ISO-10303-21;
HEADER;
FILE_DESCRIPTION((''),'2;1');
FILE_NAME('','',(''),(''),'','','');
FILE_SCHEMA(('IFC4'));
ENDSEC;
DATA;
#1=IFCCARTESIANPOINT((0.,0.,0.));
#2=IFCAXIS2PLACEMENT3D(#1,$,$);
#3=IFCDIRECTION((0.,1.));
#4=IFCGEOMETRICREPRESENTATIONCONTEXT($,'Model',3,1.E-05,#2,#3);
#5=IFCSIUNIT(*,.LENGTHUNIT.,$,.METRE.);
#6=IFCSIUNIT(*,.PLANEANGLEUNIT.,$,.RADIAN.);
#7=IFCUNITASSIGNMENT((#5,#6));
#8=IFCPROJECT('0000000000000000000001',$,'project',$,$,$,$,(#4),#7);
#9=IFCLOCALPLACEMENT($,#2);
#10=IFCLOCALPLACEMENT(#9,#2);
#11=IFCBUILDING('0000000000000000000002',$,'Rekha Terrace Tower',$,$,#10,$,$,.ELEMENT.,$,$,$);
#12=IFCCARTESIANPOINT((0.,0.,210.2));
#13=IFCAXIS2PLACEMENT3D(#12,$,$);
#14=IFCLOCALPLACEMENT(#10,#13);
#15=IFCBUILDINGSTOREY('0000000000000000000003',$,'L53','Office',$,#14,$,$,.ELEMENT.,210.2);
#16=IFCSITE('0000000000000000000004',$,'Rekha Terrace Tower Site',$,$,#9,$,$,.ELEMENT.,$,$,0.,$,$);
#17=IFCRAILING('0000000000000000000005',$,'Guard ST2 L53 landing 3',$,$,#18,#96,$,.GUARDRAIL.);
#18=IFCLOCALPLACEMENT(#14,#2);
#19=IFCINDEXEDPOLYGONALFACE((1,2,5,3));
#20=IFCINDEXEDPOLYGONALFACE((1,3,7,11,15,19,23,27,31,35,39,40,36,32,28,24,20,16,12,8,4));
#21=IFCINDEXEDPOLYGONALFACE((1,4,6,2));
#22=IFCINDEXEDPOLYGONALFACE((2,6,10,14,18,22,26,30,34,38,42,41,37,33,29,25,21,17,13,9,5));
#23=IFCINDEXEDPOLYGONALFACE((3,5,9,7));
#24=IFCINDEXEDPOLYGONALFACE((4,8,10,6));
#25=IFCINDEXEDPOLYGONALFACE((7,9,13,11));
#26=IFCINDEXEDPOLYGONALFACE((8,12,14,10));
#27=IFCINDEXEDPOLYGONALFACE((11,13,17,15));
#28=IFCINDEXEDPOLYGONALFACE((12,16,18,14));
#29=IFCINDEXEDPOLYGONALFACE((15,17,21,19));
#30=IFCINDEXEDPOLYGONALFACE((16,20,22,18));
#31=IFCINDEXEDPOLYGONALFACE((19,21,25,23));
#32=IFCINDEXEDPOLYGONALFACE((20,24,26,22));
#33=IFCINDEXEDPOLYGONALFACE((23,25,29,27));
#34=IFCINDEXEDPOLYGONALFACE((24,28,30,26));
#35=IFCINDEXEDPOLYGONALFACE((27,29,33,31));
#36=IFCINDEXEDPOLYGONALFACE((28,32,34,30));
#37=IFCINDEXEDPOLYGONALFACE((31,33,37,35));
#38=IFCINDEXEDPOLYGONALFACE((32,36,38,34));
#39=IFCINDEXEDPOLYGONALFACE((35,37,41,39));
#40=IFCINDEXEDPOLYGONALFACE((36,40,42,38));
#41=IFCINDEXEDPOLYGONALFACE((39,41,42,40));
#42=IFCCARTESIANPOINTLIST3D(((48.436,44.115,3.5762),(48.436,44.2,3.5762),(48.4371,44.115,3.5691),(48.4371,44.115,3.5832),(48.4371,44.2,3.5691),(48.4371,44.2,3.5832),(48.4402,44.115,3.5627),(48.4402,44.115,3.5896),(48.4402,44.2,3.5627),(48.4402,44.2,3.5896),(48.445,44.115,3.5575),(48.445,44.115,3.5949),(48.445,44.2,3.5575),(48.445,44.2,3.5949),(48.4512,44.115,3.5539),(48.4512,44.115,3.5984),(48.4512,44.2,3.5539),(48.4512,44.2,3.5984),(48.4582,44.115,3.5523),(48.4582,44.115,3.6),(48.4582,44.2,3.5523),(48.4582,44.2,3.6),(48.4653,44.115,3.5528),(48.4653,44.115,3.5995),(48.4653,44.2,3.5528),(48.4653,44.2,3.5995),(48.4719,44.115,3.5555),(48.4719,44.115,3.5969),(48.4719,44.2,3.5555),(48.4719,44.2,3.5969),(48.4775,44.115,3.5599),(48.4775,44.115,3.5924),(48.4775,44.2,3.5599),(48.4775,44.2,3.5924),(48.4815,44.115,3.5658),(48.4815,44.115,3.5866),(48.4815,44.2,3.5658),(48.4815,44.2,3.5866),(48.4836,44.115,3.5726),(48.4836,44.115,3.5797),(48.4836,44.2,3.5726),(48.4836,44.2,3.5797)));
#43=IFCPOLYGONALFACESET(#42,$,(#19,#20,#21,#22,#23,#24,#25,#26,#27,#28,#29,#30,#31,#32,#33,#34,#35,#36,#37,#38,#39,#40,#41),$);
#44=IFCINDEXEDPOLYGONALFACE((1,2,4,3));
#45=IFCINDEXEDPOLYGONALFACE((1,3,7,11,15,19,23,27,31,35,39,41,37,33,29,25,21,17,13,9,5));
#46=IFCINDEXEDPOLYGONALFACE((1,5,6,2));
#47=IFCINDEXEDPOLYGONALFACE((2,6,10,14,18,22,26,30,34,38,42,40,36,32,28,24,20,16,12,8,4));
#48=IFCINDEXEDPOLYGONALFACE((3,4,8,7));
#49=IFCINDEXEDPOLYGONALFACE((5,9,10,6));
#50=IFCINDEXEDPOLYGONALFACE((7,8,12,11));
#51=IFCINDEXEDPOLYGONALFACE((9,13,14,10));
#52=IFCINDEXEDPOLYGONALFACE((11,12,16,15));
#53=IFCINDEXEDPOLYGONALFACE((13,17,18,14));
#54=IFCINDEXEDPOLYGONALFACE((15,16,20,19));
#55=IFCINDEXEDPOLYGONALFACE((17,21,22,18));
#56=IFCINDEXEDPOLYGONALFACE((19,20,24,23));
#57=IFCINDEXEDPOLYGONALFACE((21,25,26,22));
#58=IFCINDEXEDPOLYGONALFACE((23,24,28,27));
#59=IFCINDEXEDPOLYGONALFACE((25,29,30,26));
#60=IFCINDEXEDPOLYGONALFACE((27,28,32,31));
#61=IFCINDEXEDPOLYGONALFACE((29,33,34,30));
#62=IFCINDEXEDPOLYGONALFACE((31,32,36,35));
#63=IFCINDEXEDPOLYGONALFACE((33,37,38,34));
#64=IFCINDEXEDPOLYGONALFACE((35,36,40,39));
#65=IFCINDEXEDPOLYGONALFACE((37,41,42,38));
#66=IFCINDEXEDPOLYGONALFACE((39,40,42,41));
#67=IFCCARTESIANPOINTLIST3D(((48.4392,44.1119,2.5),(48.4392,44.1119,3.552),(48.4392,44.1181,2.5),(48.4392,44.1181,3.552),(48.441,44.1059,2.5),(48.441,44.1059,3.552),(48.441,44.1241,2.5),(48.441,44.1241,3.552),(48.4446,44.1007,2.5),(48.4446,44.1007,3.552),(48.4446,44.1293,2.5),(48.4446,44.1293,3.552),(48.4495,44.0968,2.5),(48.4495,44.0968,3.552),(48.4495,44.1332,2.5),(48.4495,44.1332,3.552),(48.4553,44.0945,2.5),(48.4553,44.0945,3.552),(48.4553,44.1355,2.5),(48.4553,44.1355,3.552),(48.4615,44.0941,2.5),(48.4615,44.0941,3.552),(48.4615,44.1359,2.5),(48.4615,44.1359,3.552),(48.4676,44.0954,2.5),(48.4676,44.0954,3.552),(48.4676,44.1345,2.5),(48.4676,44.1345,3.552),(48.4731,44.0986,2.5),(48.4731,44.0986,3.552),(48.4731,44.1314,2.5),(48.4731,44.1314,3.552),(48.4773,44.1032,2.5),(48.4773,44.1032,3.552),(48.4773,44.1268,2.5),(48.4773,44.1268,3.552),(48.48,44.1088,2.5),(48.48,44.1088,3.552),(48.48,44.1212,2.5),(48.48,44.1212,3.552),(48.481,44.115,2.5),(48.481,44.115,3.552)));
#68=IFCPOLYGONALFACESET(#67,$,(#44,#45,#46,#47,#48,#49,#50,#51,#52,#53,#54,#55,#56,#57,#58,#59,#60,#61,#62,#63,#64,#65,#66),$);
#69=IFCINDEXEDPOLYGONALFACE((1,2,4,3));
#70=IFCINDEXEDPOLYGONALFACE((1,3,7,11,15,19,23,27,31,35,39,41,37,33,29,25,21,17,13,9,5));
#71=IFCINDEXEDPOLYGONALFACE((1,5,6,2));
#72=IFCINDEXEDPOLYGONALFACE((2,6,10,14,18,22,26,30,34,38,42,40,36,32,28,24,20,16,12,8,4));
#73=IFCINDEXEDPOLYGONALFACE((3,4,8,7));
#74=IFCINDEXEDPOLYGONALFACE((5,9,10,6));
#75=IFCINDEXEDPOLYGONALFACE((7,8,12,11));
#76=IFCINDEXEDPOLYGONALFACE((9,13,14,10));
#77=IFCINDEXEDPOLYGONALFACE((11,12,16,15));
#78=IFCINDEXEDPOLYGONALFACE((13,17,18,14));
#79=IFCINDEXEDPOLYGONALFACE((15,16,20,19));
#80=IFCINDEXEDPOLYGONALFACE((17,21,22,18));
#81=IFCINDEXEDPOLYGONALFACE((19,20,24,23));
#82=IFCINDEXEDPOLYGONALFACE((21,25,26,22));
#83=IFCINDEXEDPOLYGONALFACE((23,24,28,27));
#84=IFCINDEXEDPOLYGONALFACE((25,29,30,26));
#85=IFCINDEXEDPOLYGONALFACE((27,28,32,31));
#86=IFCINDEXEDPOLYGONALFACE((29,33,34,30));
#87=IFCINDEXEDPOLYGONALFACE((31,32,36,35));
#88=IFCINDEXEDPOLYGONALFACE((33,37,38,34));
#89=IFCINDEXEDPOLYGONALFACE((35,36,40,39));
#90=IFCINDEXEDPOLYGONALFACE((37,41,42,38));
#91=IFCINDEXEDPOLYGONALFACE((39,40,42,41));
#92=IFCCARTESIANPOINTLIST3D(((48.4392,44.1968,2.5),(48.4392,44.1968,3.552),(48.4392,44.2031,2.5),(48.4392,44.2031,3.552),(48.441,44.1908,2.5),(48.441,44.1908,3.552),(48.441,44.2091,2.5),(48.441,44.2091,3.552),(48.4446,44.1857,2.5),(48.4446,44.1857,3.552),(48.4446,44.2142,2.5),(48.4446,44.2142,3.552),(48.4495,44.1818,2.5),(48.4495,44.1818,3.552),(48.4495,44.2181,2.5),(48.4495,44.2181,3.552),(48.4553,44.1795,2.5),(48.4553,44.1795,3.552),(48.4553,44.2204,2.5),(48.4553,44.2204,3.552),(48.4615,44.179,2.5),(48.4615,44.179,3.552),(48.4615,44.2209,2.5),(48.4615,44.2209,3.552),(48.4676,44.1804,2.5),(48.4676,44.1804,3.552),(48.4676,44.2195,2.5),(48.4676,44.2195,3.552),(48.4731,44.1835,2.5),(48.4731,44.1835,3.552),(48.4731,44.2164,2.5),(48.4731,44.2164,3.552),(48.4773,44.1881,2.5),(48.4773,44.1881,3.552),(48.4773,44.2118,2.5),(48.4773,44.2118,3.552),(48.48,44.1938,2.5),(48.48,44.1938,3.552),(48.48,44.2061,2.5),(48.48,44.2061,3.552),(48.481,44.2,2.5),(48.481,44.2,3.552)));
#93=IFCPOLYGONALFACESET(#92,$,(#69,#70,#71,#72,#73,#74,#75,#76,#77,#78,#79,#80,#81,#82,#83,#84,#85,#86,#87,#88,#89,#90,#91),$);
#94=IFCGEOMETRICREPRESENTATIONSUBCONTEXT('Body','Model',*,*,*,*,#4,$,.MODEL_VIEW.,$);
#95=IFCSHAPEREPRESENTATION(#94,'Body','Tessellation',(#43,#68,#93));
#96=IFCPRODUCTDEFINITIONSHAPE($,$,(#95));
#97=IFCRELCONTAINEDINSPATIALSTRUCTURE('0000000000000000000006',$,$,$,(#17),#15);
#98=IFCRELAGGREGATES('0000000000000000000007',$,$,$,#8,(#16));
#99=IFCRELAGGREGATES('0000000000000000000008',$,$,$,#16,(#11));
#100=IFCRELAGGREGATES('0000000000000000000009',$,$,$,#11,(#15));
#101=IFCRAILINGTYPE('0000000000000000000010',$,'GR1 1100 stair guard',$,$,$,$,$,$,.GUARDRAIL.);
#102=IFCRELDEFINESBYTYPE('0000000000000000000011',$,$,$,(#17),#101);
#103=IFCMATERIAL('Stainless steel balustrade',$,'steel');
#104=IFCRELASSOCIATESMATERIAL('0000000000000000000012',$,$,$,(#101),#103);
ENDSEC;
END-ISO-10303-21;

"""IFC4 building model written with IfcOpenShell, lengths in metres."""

from ifc_helpers import new_model, si_unit, direction, frame, origin, origin_2d, place, context, subcontext, project, spatial, circle, extrude, material, type_object, element, save


model = new_model("IFC4")

# Units and contexts
model_context = context("Model", 3, precision=1e-05, world=origin(), true_north=direction((0.0, 1.0)))
body_context = subcontext(model_context, "Body", "Model", "MODEL_VIEW")
ifc_project = project(units=[si_unit("LENGTHUNIT", "METRE"), si_unit("PLANEANGLEUNIT", "RADIAN")], contexts=[model_context])

# Site, building, storey
site_placement = place(None, origin())
site = spatial("IfcSite", under=ifc_project, at=site_placement, Name="Rekha Terrace Tower Site", CompositionType="ELEMENT", RefElevation=0.0)
building_placement = place(site_placement, origin())
building = spatial("IfcBuilding", under=site, at=building_placement, Name="Rekha Terrace Tower", CompositionType="ELEMENT")
storey_placement = place(building_placement, frame((0.0, 0.0, 210.2)))
storey = spatial("IfcBuildingStorey", under=building, at=storey_placement, Name="L53", Description="Office", CompositionType="ELEMENT", Elevation=210.2)

# Railing
ifc_material_1 = material(Name="Stainless steel balustrade", Category="steel")
railing_type_1 = type_object("IfcRailingType", Name="GR1 1100 stair guard", PredefinedType="GUARDRAIL", material=ifc_material_1)
railing_1_placement = place(storey_placement, frame((48.46, 44.115, 2.5)))
element("IfcRailing", 1, at=railing_1_placement, inside=storey, type_object=railing_type_1, Name="Guard ST2 L53 landing 3", PredefinedType="GUARDRAIL", context=body_context, shape_type="SweptSolid", body=[
    extrude(circle(Radius=0.0239, at=origin_2d()), frame((0.0, 0.0, 1.0762), z_axis=(0.0, 1.0, 0.0), x_axis=(-1.0, 0.0, 0.0)), (0.0, 0.0, 1.0), 0.085),
    extrude(circle(Radius=0.021, at=origin_2d()), origin(), (0.0, 0.0, 1.0), 1.052),
    extrude(circle(Radius=0.021, at=origin_2d()), frame((0.0, 0.085, 0.0)), (0.0, 0.0, 1.0), 1.052),
])

save(model, "model.ifc")
